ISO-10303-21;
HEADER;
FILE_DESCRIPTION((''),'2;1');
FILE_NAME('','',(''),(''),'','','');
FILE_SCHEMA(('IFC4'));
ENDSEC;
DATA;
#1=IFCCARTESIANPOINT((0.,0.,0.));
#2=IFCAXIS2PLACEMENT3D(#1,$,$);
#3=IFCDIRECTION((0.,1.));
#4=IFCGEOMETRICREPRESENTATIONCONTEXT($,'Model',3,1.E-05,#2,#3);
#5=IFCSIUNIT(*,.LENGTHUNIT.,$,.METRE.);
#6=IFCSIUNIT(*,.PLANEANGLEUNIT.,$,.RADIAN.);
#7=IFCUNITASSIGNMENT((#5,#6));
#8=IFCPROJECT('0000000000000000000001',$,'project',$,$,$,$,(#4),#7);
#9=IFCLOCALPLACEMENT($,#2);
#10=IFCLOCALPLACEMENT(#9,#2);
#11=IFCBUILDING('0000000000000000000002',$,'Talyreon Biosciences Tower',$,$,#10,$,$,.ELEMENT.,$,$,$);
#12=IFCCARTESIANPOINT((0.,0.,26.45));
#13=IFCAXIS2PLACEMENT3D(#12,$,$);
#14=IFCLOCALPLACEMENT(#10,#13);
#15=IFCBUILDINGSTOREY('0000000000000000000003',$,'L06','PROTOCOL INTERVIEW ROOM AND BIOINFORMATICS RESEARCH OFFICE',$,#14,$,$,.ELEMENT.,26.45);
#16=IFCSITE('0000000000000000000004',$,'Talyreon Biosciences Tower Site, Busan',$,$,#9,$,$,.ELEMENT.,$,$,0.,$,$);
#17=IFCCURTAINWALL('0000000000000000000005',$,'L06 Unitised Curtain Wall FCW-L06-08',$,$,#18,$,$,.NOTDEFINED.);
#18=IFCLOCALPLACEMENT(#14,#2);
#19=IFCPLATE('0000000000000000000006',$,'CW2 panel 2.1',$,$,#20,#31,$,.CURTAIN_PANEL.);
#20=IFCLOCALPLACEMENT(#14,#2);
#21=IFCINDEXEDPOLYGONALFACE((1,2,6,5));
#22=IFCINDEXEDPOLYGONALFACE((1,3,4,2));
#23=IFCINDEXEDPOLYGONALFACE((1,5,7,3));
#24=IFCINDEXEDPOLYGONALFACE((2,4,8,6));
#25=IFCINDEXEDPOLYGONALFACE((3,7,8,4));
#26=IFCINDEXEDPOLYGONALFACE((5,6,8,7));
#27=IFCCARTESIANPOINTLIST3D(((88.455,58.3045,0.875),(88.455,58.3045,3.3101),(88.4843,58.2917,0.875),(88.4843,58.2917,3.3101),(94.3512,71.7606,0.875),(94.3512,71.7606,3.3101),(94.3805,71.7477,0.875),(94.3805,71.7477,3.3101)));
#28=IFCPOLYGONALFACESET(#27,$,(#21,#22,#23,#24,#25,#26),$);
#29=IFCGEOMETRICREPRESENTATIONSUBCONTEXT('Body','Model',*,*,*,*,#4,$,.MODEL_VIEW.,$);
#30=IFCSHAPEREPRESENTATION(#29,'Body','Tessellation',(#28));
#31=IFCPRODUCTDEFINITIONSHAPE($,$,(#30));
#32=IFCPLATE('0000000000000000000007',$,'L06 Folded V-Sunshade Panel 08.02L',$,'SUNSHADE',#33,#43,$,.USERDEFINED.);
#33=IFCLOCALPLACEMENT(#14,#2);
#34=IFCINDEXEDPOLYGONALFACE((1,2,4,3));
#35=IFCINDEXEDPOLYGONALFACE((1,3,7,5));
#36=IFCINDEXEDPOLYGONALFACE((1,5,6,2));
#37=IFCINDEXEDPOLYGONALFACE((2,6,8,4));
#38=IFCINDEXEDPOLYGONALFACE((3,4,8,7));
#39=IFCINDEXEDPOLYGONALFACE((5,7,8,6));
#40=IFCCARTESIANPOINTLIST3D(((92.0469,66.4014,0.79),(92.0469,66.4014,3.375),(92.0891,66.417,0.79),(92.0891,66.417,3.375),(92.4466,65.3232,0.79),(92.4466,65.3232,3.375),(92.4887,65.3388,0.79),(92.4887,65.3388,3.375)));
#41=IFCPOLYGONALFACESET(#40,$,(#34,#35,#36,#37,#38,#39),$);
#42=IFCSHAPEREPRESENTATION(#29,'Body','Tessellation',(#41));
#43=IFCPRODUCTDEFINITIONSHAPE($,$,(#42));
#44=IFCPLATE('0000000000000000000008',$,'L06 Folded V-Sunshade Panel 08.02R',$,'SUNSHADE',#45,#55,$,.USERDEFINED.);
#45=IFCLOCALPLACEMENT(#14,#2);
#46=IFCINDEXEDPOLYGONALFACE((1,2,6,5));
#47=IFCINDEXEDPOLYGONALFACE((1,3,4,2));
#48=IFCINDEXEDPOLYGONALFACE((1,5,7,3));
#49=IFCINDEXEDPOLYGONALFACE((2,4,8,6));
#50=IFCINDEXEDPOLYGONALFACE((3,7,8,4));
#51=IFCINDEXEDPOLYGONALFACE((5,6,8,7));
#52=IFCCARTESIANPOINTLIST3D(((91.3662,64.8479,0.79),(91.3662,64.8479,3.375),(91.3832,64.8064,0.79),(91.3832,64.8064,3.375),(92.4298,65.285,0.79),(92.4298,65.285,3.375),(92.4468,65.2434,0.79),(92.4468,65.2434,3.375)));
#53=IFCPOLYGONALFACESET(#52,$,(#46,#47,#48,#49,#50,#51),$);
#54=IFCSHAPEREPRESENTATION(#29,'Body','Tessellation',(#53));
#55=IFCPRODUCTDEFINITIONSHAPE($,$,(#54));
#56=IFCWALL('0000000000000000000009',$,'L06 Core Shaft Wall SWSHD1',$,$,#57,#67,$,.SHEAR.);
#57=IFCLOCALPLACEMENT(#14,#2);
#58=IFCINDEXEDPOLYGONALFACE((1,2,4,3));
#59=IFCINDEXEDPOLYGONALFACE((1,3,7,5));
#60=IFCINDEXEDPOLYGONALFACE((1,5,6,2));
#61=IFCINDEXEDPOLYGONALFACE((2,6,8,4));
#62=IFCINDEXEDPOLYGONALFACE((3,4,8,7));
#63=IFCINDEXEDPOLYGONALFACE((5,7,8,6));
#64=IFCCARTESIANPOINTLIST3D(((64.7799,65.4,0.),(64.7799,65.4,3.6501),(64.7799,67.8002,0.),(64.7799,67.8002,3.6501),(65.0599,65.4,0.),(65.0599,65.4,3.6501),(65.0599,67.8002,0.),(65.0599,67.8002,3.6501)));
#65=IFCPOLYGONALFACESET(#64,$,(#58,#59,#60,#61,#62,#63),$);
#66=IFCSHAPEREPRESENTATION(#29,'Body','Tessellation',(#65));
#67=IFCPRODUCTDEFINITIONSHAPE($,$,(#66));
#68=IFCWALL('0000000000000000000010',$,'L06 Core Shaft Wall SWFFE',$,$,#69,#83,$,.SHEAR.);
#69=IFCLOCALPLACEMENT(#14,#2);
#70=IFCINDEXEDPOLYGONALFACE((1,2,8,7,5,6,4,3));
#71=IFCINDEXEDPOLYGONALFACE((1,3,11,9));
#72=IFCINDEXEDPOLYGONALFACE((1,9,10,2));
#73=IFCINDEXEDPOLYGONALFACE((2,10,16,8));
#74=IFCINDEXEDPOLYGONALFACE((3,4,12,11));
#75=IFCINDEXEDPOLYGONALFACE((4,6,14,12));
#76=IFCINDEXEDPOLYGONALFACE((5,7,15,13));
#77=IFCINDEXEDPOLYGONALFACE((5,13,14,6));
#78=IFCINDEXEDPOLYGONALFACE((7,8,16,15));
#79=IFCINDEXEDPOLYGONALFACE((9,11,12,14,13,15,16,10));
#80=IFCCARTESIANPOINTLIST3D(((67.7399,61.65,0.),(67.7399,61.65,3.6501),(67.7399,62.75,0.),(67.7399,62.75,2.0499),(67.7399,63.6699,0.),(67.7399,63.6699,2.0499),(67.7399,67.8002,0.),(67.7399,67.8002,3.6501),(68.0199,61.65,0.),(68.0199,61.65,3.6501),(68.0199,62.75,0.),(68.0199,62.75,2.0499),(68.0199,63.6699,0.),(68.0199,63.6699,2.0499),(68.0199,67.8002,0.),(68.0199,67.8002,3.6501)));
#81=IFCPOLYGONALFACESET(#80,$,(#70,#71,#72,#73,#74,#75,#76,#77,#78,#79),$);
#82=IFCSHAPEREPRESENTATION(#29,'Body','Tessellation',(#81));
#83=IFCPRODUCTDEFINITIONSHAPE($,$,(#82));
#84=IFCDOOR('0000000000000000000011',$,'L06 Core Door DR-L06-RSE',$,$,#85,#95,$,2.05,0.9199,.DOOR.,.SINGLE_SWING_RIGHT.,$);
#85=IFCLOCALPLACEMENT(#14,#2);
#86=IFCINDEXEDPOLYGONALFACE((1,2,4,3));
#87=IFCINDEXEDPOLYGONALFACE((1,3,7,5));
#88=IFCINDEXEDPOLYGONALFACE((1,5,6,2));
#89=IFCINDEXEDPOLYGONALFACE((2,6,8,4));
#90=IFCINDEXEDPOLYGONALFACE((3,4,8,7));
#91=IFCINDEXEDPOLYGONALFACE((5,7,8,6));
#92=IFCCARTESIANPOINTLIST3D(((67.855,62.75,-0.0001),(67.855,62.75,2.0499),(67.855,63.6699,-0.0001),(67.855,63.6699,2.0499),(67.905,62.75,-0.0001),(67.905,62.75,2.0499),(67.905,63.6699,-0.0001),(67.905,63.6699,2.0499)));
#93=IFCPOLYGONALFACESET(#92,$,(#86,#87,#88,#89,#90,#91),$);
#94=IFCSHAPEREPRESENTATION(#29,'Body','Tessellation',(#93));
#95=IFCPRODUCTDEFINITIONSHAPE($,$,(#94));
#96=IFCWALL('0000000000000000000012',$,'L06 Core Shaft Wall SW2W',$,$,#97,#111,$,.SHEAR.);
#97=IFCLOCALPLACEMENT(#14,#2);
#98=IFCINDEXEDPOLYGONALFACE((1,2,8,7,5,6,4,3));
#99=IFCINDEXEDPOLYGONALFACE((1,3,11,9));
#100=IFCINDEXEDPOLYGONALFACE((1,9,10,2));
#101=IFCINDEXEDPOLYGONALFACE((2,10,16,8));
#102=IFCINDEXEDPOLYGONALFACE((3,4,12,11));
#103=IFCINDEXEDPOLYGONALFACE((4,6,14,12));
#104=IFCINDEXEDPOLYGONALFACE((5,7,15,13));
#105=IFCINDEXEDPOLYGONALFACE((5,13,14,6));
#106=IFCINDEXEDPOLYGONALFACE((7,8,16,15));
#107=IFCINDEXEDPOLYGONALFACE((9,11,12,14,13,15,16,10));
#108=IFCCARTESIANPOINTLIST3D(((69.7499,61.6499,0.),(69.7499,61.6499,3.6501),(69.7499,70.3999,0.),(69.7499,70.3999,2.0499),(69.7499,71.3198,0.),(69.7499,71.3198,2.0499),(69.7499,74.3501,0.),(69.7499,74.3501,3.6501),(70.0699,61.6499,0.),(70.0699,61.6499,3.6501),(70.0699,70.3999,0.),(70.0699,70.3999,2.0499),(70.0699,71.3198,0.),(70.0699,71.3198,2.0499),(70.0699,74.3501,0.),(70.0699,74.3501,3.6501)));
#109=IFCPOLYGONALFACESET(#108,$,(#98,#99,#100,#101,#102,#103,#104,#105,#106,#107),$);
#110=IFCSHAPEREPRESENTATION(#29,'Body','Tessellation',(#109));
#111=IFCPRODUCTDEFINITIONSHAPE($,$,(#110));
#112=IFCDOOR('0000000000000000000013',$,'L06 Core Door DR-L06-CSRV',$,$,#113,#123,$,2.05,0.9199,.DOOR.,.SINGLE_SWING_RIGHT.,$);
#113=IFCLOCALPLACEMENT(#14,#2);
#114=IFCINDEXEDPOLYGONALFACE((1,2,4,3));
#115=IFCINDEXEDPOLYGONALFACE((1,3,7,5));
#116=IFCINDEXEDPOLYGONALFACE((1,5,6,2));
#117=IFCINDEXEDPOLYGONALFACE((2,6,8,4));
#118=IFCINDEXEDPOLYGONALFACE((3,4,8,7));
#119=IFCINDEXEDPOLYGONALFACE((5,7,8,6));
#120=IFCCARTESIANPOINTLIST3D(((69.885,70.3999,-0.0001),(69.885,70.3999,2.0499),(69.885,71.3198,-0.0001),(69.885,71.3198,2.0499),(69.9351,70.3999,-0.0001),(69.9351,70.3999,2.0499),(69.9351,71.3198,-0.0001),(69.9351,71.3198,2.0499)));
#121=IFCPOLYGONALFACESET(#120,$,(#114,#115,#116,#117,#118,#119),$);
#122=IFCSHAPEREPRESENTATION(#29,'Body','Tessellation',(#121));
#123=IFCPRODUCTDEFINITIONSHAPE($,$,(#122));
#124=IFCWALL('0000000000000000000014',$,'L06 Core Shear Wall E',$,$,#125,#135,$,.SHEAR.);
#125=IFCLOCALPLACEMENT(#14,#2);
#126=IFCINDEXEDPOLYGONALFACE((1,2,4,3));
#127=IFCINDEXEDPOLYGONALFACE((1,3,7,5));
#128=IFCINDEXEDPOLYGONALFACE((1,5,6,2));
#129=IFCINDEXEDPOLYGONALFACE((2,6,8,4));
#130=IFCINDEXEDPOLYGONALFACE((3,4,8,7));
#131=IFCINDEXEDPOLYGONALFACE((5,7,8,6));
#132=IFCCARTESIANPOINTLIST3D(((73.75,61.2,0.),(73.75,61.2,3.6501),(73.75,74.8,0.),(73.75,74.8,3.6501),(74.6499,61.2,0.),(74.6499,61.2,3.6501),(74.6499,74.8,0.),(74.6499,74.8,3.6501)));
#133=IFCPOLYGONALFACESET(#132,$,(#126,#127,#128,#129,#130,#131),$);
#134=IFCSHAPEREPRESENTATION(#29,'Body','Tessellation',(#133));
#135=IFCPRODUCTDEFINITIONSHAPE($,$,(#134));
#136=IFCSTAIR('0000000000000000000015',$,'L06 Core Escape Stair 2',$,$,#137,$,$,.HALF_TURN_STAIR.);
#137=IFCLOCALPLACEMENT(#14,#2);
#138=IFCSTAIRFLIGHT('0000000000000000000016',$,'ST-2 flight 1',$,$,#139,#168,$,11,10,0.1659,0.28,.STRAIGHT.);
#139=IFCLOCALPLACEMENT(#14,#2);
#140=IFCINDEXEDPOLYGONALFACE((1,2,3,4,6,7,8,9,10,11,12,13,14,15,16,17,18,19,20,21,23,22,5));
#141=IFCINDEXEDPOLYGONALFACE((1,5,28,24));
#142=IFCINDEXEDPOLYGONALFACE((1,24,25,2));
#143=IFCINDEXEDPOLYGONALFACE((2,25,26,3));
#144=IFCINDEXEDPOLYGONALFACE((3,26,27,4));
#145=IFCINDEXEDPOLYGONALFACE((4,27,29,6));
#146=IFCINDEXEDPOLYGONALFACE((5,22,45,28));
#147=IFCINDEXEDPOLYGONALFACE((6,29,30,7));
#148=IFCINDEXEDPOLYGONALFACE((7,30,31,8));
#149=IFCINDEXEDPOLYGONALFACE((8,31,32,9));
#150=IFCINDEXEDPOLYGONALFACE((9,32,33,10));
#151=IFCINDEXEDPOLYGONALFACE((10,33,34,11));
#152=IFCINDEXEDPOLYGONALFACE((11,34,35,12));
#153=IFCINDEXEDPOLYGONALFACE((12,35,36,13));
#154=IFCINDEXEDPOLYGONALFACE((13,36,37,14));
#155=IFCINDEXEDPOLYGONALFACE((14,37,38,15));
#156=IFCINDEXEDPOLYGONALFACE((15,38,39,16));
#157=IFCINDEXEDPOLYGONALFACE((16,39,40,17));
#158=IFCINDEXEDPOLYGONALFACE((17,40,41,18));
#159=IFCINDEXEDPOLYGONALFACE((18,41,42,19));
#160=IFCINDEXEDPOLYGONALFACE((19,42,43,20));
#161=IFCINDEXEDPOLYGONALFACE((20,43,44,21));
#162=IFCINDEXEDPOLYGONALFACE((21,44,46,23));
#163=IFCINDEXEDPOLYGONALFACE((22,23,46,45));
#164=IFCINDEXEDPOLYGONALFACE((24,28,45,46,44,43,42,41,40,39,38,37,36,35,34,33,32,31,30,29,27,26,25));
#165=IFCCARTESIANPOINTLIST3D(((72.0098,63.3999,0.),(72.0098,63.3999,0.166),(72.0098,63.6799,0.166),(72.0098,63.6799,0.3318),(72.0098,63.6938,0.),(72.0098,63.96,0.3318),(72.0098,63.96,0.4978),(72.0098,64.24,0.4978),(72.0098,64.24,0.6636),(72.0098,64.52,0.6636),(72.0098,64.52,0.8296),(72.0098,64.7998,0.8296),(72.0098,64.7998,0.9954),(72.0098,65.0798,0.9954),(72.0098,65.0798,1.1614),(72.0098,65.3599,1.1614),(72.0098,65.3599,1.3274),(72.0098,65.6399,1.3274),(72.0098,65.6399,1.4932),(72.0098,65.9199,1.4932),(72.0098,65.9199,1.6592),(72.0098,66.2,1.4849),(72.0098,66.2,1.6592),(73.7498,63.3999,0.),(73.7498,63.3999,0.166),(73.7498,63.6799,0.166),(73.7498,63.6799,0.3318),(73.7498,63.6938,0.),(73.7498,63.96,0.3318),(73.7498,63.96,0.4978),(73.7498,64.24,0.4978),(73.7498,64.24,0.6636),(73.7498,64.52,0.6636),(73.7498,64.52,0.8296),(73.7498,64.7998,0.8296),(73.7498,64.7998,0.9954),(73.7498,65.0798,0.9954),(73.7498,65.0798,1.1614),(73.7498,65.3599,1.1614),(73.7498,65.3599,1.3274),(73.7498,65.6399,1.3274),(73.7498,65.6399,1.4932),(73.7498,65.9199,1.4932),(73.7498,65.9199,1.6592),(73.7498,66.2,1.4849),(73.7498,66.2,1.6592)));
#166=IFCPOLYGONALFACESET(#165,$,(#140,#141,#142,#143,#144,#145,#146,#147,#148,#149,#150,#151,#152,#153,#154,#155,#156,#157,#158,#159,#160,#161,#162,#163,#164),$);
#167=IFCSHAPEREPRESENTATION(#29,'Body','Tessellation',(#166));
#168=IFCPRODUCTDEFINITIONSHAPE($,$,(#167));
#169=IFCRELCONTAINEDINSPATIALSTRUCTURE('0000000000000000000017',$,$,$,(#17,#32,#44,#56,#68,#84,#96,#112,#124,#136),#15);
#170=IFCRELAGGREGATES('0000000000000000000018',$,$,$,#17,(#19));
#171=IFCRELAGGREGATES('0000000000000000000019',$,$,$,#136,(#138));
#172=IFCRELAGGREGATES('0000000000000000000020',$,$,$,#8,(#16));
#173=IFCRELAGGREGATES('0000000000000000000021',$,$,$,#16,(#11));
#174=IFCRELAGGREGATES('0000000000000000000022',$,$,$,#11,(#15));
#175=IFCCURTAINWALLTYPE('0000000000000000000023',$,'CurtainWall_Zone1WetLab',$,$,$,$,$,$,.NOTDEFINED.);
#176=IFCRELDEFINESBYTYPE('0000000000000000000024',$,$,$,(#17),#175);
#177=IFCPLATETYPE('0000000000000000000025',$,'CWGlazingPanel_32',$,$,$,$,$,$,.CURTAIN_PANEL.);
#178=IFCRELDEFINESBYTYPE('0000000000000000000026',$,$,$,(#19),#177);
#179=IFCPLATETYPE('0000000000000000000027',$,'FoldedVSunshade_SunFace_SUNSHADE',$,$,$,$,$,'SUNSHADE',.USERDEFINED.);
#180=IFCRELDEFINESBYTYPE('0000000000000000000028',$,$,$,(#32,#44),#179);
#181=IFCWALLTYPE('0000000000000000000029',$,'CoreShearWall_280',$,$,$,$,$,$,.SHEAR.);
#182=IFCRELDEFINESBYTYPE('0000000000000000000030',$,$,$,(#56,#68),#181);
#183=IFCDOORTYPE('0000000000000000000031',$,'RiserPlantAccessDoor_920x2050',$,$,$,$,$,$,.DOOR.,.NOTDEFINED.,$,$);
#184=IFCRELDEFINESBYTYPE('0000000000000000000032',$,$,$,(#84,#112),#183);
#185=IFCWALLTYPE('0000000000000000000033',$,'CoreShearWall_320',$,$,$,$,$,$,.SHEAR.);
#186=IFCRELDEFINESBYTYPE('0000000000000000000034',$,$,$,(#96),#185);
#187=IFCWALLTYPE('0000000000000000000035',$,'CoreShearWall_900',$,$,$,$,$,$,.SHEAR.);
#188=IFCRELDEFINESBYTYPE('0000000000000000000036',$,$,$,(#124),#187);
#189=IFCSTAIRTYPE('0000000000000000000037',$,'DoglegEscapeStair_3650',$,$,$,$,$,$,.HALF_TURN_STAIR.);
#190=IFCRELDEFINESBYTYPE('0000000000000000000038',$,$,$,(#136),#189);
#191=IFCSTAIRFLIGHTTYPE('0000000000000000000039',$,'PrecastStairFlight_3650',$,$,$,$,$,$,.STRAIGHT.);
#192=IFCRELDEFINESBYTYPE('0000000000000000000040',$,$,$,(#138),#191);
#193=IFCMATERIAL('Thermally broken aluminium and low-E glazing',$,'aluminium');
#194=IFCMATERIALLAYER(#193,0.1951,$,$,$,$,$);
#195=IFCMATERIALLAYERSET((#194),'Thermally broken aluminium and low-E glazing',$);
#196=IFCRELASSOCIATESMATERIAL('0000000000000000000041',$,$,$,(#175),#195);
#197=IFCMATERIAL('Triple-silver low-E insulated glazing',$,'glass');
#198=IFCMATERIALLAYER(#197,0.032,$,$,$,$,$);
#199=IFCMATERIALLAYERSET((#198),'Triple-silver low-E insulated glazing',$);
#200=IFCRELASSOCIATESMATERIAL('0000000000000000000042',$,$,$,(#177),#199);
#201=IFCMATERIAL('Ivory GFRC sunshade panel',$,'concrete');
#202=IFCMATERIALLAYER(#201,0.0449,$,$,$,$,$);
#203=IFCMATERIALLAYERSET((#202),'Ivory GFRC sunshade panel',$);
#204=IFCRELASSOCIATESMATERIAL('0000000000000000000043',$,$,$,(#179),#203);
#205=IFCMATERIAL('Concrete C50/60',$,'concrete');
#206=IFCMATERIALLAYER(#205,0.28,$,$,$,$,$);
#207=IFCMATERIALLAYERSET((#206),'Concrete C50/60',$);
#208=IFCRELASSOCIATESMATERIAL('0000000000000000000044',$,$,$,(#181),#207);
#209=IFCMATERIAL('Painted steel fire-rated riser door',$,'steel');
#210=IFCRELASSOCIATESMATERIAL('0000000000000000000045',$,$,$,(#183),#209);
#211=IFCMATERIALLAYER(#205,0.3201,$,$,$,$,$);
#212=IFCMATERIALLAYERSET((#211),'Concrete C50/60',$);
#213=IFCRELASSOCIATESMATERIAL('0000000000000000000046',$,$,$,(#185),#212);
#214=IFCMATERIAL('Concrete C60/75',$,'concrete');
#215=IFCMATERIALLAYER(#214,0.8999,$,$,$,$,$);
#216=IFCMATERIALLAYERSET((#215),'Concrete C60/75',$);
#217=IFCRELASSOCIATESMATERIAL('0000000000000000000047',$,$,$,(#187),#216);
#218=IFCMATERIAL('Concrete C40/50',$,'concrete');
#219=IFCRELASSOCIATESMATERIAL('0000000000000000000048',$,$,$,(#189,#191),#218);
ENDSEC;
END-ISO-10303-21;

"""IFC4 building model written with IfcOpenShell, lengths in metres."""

from ifc_helpers import new_model, si_unit, direction, frame, frame_2d, origin, origin_2d, place, context, subcontext, project, spatial, polyline, rectangle, outline, extrude, material, layer, layer_set, type_object, element, fill, aggregate, save


model = new_model("IFC4")

# Units and contexts
model_context = context("Model", 3, precision=1e-05, world=origin(), true_north=direction((0.0, 1.0)))
body_context = subcontext(model_context, "Body", "Model", "MODEL_VIEW")
ifc_project = project(units=[si_unit("LENGTHUNIT", "METRE"), si_unit("PLANEANGLEUNIT", "RADIAN")], contexts=[model_context])

# Site, building, storey
site_placement = place(None, origin())
site = spatial("IfcSite", under=ifc_project, at=site_placement, Name="Talyreon Biosciences Tower Site, Busan", CompositionType="ELEMENT", RefElevation=0.0)
building_placement = place(site_placement, origin())
building = spatial("IfcBuilding", under=site, at=building_placement, Name="Talyreon Biosciences Tower", CompositionType="ELEMENT")
storey_placement = place(building_placement, frame((0.0, 0.0, 26.45)))
storey = spatial("IfcBuildingStorey", under=building, at=storey_placement, Name="L06", Description="PROTOCOL INTERVIEW ROOM AND BIOINFORMATICS RESEARCH OFFICE", CompositionType="ELEMENT", Elevation=26.45)

# Shared definitions
ifc_material_1 = material(Name="Concrete C60/75", Category="concrete")

# Curtain wall
ifc_material_2 = material(Name="Thermally broken aluminium and low-E glazing", Category="aluminium")
ifc_layer_1 = layer(ifc_material_2, 0.1951)
ifc_layer_set_1 = layer_set([ifc_layer_1], Name="Thermally broken aluminium and low-E glazing")
curtain_wall_type = type_object("IfcCurtainWallType", Name="CurtainWall_Zone1WetLab", PredefinedType="NOTDEFINED", material=ifc_layer_set_1)
curtain_wall_placement = place(storey_placement, origin())
curtain_wall = element("IfcCurtainWall", 1, at=curtain_wall_placement, inside=storey, type_object=curtain_wall_type, Name="L06 Unitised Curtain Wall FCW-L06-08", PredefinedType="NOTDEFINED")

# Plate
ifc_material_3 = material(Name="Triple-silver low-E insulated glazing", Category="glass")
ifc_layer_2 = layer(ifc_material_3, 0.032)
ifc_layer_set_2 = layer_set([ifc_layer_2], Name="Triple-silver low-E insulated glazing")
plate_type_1 = type_object("IfcPlateType", Name="CWGlazingPanel_32", PredefinedType="CURTAIN_PANEL", material=ifc_layer_set_2)
plate_placement = place(storey_placement, frame((91.4177, 65.0261, 0.875), z_axis=(0.0, 0.0, 1.0), x_axis=(-0.401345, -0.915927, 0.0)))
plate = element("IfcPlate", 2, at=plate_placement, type_object=plate_type_1, Name="CW2 panel 2.1", PredefinedType="CURTAIN_PANEL", context=body_context, shape_type="SweptSolid", body=[
    extrude(rectangle(XDim=14.6912, YDim=0.032, at=origin_2d()), origin(), (0.0, 0.0, 1.0), 2.4351),
])
aggregate(curtain_wall, [plate])

# Plates
ifc_material_4 = material(Name="Ivory GFRC sunshade panel", Category="concrete")
ifc_layer_3 = layer(ifc_material_4, 0.0449)
ifc_layer_set_3 = layer_set([ifc_layer_3], Name="Ivory GFRC sunshade panel")
plate_type_2 = type_object("IfcPlateType", Name="FoldedVSunshade_SunFace_SUNSHADE", ElementType="SUNSHADE", PredefinedType="USERDEFINED", material=ifc_layer_set_3)
for number, where, z_axis, x_axis, name in (
    (3, (92.2678, 65.8701, 0.79), (0.0, 0.0, 1.0), (0.347558, -0.937659, 0.0), "L06 Folded V-Sunshade Panel 08.02L"),
    (4, (91.9065, 65.0457, 0.79), (0.0, 0.0, 1.0), (-0.924958, -0.38007, 0.0), "L06 Folded V-Sunshade Panel 08.02R"),
):
    element("IfcPlate", number, at=place(storey_placement, frame(where, z_axis=z_axis, x_axis=x_axis)), inside=storey, type_object=plate_type_2, Name=name, ObjectType="SUNSHADE", PredefinedType="USERDEFINED", context=body_context, shape_type="SweptSolid", body=[
        extrude(rectangle(XDim=1.1499, YDim=0.0449, at=origin_2d()), origin(), (0.0, 0.0, 1.0), 2.585),
    ])

# Wall
ifc_material_5 = material(Name="Concrete C50/60", Category="concrete")
ifc_layer_4 = layer(ifc_material_5, 0.28)
ifc_layer_set_4 = layer_set([ifc_layer_4], Name="Concrete C50/60")
wall_type_1 = type_object("IfcWallType", Name="CoreShearWall_280", PredefinedType="SHEAR", material=ifc_layer_set_4)
wall_1_placement = place(storey_placement, frame((64.9199, 65.3999, 0.0), z_axis=(0.0, 0.0, 1.0), x_axis=(0.0, 1.0, 0.0)))
element("IfcWall", 5, at=wall_1_placement, inside=storey, type_object=wall_type_1, Name="L06 Core Shaft Wall SWSHD1", PredefinedType="SHEAR", context=body_context, shape_type="SweptSolid", body=[
    extrude(rectangle(XDim=2.4001, YDim=0.28, at=frame_2d((1.2002, 0.0))), origin(), (0.0, 0.0, 1.0), 3.6501),
])

# Walls, openings, doors
wall_2_placement = place(storey_placement, frame((67.8799, 61.6499, 0.0), z_axis=(0.0, 0.0, 1.0), x_axis=(0.0, 1.0, 0.0)))
wall_2 = element("IfcWall", 6, at=wall_2_placement, inside=storey, type_object=wall_type_1, Name="L06 Core Shaft Wall SWFFE", PredefinedType="SHEAR", context=body_context, shape_type="SweptSolid", body=[
    extrude(rectangle(XDim=6.1501, YDim=0.28, at=frame_2d((3.0752, 0.0))), origin(), (0.0, 0.0, 1.0), 3.6501),
])
opening_1_placement = place(wall_2_placement, frame((1.1001, 0.0, 0.0)))
opening_1 = element("IfcOpeningElement", 7, at=opening_1_placement, cuts=wall_2, PredefinedType="OPENING", context=body_context, shape_type="SweptSolid", body=[
    extrude(rectangle(XDim=0.9199, YDim=2.05, at=frame_2d((0.46, 1.0249))), frame((0.0, 0.1499, 0.0), z_axis=(0.0, -1.0, 0.0), x_axis=(1.0, 0.0, 0.0)), (0.0, 0.0, 1.0), 0.3),
])
ifc_material_6 = material(Name="Painted steel fire-rated riser door", Category="steel")
door_type_1 = type_object("IfcDoorType", Name="RiserPlantAccessDoor_920x2050", OperationType="NOTDEFINED", PredefinedType="DOOR", material=ifc_material_6)
door_1_placement = place(opening_1_placement, origin())
door_1 = element("IfcDoor", 8, at=door_1_placement, inside=storey, type_object=door_type_1, Name="L06 Core Door DR-L06-RSE", OperationType="SINGLE_SWING_RIGHT", OverallHeight=2.05, OverallWidth=0.9199, PredefinedType="DOOR", context=body_context, shape_type="SweptSolid", body=[
    extrude(rectangle(XDim=0.9199, YDim=2.05, at=frame_2d((0.46, 1.0249))), frame((0.0, 0.0249, 0.0), z_axis=(0.0, -1.0, 0.0), x_axis=(1.0, 0.0, 0.0)), (0.0, 0.0, 1.0), 0.05),
])
fill(opening_1, door_1)
ifc_layer_5 = layer(ifc_material_5, 0.3201)
ifc_layer_set_5 = layer_set([ifc_layer_5], Name="Concrete C50/60")
wall_type_2 = type_object("IfcWallType", Name="CoreShearWall_320", PredefinedType="SHEAR", material=ifc_layer_set_5)
wall_3_placement = place(storey_placement, frame((69.9099, 61.6499, 0.0), z_axis=(0.0, 0.0, 1.0), x_axis=(0.0, 1.0, 0.0)))
wall_3 = element("IfcWall", 9, at=wall_3_placement, inside=storey, type_object=wall_type_2, Name="L06 Core Shaft Wall SW2W", PredefinedType="SHEAR", context=body_context, shape_type="SweptSolid", body=[
    extrude(rectangle(XDim=12.7002, YDim=0.3201, at=frame_2d((6.3501, 0.0))), origin(), (0.0, 0.0, 1.0), 3.6501),
])
opening_2_placement = place(wall_3_placement, frame((8.75, 0.0, 0.0)))
opening_2 = element("IfcOpeningElement", 10, at=opening_2_placement, cuts=wall_3, PredefinedType="OPENING", context=body_context, shape_type="SweptSolid", body=[
    extrude(rectangle(XDim=0.9199, YDim=2.05, at=frame_2d((0.46, 1.0249))), frame((0.0, 0.1699, 0.0), z_axis=(0.0, -1.0, 0.0), x_axis=(1.0, 0.0, 0.0)), (0.0, 0.0, 1.0), 0.3401),
])
door_2_placement = place(opening_2_placement, origin())
door_2 = element("IfcDoor", 11, at=door_2_placement, inside=storey, type_object=door_type_1, Name="L06 Core Door DR-L06-CSRV", OperationType="SINGLE_SWING_RIGHT", OverallHeight=2.05, OverallWidth=0.9199, PredefinedType="DOOR", context=body_context, shape_type="SweptSolid", body=[
    extrude(rectangle(XDim=0.9199, YDim=2.05, at=frame_2d((0.46, 1.0249))), frame((0.0, 0.0249, 0.0), z_axis=(0.0, -1.0, 0.0), x_axis=(1.0, 0.0, 0.0)), (0.0, 0.0, 1.0), 0.05),
])
fill(opening_2, door_2)

# Wall
ifc_layer_6 = layer(ifc_material_1, 0.8999)
ifc_layer_set_6 = layer_set([ifc_layer_6], Name="Concrete C60/75")
wall_type_3 = type_object("IfcWallType", Name="CoreShearWall_900", PredefinedType="SHEAR", material=ifc_layer_set_6)
wall_4_placement = place(storey_placement, frame((74.2, 61.2, 0.0), z_axis=(0.0, 0.0, 1.0), x_axis=(0.0, 1.0, 0.0)))
element("IfcWall", 12, at=wall_4_placement, inside=storey, type_object=wall_type_3, Name="L06 Core Shear Wall E", PredefinedType="SHEAR", context=body_context, shape_type="SweptSolid", body=[
    extrude(rectangle(XDim=13.6001, YDim=0.8999, at=frame_2d((6.8, 0.0))), origin(), (0.0, 0.0, 1.0), 3.6501),
])

# Stair, stair flight
ifc_material_7 = material(Name="Concrete C40/50", Category="concrete")
stair_type = type_object("IfcStairType", Name="DoglegEscapeStair_3650", PredefinedType="HALF_TURN_STAIR", material=ifc_material_7)
stair_placement = place(storey_placement, origin())
stair = element("IfcStair", 13, at=stair_placement, inside=storey, type_object=stair_type, Name="L06 Core Escape Stair 2", PredefinedType="HALF_TURN_STAIR")
stair_flight_type = type_object("IfcStairFlightType", Name="PrecastStairFlight_3650", PredefinedType="STRAIGHT", material=ifc_material_7)
stair_flight_1_placement = place(storey_placement, frame((72.8799, 63.3999, 0.0), z_axis=(0.0, 0.0, 1.0), x_axis=(0.0, 1.0, 0.0)))
stair_flight_1 = element("IfcStairFlight", 14, at=stair_flight_1_placement, type_object=stair_flight_type, Name="ST-2 flight 1", NumberOfRisers=11, NumberOfTreads=10, PredefinedType="STRAIGHT", RiserHeight=0.1659, TreadLength=0.28, context=body_context, shape_type="SweptSolid", body=[
    extrude(outline(polyline([(0.0, 0.0), (0.0, 0.166), (0.28, 0.166), (0.28, 0.3318), (0.5601, 0.3318), (0.5601, 0.4978), (0.8401, 0.4978), (0.8401, 0.6636), (1.1201, 0.6636), (1.1201, 0.8296), (1.3999, 0.8296), (1.3999, 0.9954), (1.6799, 0.9954), (1.6799, 1.1614), (1.96, 1.1614), (1.96, 1.3274), (2.24, 1.3274), (2.24, 1.4932), (2.52, 1.4932), (2.52, 1.6592), (2.8, 1.6592), (2.8, 1.825), (2.8, 1.4849), (0.2939, 0.0), (0.0, 0.0)])), frame((0.0, 0.8701, 0.0), z_axis=(0.0, -1.0, 0.0), x_axis=(1.0, 0.0, 0.0)), (0.0, 0.0, 1.0), 1.74),
])
aggregate(stair, [stair_flight_1])

save(model, "model.ifc")
